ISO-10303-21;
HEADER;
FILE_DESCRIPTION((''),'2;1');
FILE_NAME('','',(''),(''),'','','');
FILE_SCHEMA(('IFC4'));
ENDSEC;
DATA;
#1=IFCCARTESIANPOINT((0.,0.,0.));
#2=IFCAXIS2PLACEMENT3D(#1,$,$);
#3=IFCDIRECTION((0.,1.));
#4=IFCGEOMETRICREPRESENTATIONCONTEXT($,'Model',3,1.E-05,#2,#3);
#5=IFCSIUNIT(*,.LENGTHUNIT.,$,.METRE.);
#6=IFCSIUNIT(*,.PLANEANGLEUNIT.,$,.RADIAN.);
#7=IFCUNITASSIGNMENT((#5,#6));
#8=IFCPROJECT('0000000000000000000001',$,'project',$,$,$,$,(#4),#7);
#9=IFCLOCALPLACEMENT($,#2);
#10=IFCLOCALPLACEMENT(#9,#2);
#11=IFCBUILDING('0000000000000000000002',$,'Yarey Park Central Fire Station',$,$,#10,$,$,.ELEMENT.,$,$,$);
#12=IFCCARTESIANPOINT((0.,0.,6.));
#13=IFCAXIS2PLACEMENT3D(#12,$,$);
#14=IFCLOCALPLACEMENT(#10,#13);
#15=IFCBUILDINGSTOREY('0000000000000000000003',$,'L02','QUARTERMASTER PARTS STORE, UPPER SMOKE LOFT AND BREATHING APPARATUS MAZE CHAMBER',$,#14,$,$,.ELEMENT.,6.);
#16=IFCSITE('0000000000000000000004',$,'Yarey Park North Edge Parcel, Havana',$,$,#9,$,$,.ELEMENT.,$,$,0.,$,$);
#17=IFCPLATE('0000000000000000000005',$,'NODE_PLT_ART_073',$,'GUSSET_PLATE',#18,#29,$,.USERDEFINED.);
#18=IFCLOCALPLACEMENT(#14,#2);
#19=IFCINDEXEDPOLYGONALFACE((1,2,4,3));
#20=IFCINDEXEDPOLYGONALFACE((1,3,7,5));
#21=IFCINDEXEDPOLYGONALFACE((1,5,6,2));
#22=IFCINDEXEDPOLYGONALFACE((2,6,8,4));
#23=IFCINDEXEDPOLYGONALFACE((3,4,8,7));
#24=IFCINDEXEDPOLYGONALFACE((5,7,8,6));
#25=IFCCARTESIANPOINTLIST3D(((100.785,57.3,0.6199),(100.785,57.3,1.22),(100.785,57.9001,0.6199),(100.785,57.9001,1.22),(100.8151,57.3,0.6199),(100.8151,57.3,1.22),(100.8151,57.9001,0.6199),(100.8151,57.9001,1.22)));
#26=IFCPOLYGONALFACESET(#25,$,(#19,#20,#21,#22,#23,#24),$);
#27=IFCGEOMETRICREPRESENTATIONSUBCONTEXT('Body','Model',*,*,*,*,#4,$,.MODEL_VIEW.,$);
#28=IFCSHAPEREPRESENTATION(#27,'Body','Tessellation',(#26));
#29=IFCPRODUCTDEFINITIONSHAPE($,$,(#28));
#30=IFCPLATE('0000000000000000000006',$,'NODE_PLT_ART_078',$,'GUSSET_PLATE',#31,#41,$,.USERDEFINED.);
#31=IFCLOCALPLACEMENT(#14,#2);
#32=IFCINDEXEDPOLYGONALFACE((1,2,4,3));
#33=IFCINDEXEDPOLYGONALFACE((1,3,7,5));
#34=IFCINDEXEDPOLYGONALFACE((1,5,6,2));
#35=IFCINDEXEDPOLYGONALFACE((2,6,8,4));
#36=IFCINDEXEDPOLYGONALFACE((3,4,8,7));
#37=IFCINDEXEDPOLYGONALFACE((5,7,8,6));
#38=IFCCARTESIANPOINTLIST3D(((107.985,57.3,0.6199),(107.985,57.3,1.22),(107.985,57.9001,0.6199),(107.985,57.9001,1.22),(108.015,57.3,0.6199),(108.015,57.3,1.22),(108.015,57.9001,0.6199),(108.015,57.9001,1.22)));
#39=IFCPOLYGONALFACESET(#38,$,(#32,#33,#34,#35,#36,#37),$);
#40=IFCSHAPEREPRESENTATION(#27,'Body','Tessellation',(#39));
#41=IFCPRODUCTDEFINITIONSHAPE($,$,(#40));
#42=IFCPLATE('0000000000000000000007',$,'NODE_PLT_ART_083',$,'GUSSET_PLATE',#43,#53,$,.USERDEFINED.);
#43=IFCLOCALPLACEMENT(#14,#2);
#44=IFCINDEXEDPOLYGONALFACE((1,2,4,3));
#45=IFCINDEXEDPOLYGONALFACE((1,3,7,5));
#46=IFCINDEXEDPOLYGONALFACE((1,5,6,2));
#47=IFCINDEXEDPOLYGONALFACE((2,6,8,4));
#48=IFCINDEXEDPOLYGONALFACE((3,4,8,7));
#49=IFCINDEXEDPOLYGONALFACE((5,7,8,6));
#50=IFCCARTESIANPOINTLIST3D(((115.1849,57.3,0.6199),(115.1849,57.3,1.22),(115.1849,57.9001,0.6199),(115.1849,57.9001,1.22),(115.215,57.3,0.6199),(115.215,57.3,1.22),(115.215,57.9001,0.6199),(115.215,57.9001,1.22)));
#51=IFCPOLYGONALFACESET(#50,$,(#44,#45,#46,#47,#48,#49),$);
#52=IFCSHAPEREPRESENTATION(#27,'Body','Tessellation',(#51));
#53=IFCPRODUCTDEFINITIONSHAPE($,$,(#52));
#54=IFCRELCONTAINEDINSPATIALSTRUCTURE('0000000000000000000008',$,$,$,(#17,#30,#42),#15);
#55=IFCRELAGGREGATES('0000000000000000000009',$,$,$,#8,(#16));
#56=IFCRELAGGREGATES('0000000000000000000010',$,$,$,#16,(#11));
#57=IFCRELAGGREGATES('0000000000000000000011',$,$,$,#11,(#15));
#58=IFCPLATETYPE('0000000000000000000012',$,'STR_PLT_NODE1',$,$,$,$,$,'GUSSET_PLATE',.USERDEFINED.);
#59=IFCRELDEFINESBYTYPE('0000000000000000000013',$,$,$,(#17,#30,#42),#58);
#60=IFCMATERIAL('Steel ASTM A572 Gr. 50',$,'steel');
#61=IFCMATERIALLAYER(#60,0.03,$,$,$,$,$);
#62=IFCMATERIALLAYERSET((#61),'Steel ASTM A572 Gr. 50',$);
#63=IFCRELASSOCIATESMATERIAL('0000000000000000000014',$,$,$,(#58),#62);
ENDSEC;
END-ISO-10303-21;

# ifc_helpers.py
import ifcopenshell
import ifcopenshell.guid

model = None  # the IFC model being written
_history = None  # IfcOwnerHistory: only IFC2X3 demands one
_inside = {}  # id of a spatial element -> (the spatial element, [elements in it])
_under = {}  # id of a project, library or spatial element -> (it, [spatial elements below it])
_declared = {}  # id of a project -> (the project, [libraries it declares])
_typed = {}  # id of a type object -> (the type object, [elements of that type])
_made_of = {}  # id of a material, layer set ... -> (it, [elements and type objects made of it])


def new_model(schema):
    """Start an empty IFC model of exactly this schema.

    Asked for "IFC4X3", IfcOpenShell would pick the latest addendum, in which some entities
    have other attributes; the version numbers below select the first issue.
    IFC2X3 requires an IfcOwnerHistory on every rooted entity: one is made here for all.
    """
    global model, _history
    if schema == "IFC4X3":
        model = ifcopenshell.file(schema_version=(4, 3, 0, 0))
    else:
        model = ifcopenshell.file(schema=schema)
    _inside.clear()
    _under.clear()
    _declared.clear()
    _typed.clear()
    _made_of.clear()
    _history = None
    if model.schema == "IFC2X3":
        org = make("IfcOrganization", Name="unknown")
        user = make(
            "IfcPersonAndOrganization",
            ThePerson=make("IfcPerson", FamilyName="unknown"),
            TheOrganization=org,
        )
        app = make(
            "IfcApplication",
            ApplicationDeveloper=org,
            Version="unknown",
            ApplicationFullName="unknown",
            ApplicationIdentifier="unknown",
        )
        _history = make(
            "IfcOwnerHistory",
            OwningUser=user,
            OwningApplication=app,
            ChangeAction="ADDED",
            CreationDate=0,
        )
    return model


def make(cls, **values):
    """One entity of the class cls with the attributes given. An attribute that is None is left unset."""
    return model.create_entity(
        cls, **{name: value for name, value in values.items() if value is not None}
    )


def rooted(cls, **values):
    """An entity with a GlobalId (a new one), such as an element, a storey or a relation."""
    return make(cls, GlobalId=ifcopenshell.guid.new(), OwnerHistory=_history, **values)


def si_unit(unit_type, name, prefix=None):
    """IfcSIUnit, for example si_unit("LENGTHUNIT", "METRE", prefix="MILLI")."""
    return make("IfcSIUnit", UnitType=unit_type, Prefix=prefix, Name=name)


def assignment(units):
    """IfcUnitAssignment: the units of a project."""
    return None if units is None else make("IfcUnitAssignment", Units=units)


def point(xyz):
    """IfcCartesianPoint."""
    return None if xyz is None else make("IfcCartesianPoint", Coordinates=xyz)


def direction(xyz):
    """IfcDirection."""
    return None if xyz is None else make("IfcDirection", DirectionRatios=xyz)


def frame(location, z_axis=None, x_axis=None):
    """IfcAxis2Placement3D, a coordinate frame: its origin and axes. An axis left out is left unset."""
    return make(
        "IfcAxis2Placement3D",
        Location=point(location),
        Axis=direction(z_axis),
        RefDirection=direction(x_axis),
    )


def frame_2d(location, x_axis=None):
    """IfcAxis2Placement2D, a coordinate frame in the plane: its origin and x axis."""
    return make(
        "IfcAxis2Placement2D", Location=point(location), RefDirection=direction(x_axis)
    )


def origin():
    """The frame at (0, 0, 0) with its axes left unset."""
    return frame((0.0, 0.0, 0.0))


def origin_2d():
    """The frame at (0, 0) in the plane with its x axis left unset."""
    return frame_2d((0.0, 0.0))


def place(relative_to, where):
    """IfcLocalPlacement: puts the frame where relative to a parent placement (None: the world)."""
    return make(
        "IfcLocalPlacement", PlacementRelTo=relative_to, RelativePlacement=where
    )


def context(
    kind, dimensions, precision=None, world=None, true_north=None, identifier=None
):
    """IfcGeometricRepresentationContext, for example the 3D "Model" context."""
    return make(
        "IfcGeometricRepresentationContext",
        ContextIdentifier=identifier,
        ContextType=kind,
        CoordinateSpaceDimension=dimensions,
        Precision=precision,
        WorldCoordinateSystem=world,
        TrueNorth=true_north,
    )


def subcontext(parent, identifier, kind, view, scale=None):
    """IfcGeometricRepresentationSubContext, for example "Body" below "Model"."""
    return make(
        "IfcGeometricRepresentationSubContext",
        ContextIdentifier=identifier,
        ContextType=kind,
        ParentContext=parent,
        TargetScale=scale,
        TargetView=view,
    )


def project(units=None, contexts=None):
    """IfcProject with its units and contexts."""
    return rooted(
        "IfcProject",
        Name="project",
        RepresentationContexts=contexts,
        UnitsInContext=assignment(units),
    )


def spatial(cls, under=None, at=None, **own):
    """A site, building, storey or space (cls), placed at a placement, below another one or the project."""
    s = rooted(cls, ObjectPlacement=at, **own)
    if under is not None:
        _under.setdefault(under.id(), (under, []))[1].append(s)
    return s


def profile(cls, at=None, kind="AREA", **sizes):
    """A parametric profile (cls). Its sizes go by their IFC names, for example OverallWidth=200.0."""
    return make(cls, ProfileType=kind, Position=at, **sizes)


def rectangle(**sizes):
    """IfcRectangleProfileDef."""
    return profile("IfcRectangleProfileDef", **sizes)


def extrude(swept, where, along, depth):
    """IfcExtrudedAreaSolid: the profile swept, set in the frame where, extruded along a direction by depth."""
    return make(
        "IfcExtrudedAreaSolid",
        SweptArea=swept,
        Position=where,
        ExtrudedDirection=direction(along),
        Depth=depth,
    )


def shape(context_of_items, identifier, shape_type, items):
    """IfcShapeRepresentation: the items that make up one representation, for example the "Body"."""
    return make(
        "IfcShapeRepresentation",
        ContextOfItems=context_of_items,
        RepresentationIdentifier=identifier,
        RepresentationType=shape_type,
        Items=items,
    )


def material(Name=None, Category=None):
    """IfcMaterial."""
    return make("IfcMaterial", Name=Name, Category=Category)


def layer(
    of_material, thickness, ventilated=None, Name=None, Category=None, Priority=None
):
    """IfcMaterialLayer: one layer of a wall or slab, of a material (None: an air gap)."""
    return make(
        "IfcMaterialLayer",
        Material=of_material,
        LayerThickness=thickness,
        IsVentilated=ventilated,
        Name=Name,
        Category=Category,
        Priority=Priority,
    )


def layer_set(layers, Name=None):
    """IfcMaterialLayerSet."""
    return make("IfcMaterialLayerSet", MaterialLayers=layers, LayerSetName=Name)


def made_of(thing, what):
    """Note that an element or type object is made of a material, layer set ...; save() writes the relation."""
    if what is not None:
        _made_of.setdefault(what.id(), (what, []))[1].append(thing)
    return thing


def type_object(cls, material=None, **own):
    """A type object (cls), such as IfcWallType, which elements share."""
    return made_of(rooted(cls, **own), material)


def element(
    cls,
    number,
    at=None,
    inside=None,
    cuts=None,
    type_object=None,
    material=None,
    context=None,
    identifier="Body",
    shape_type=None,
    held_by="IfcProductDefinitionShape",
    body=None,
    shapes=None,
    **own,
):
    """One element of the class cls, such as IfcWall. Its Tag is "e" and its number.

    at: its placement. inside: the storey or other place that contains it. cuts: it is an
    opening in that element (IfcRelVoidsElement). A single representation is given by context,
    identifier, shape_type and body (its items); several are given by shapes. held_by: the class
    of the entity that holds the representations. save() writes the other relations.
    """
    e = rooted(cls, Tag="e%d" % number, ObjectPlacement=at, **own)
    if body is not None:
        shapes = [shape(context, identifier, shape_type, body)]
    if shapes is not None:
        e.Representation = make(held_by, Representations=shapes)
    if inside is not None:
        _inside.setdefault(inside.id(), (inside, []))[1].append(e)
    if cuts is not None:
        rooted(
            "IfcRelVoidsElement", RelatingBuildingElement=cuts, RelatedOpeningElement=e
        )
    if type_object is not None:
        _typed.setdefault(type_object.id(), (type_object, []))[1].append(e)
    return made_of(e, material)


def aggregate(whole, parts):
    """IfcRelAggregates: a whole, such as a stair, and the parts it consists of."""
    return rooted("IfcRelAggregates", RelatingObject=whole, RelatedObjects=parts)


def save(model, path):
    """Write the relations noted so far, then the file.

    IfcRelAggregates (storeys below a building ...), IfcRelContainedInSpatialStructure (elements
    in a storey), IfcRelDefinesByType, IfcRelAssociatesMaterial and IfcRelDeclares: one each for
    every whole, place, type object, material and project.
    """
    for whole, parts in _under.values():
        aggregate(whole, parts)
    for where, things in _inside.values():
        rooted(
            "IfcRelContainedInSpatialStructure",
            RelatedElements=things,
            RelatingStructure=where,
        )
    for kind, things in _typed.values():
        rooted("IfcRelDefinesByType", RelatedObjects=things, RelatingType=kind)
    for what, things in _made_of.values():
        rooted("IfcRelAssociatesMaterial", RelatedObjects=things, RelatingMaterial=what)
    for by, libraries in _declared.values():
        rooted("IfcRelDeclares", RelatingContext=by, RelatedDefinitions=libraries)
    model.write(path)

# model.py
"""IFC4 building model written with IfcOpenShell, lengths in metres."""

from ifc_helpers import new_model, si_unit, direction, frame, origin, origin_2d, place, context, subcontext, project, spatial, rectangle, extrude, material, layer, layer_set, type_object, element, save


model = new_model("IFC4")

# Units and contexts
model_context = context("Model", 3, precision=1e-05, world=origin(), true_north=direction((0.0, 1.0)))
body_context = subcontext(model_context, "Body", "Model", "MODEL_VIEW")
ifc_project = project(units=[si_unit("LENGTHUNIT", "METRE"), si_unit("PLANEANGLEUNIT", "RADIAN")], contexts=[model_context])

# Site, building, storey
site_placement = place(None, origin())
site = spatial("IfcSite", under=ifc_project, at=site_placement, Name="Yarey Park North Edge Parcel, Havana", CompositionType="ELEMENT", RefElevation=0.0)
building_placement = place(site_placement, origin())
building = spatial("IfcBuilding", under=site, at=building_placement, Name="Yarey Park Central Fire Station", CompositionType="ELEMENT")
storey_placement = place(building_placement, frame((0.0, 0.0, 6.0)))
storey = spatial("IfcBuildingStorey", under=building, at=storey_placement, Name="L02", Description="QUARTERMASTER PARTS STORE, UPPER SMOKE LOFT AND BREATHING APPARATUS MAZE CHAMBER", CompositionType="ELEMENT", Elevation=6.0)

# Plates
ifc_material_1 = material(Name="Steel ASTM A572 Gr. 50", Category="steel")
ifc_layer_1 = layer(ifc_material_1, 0.03)
ifc_layer_set_1 = layer_set([ifc_layer_1], Name="Steel ASTM A572 Gr. 50")
plate_type_1 = type_object("IfcPlateType", Name="STR_PLT_NODE1", ElementType="GUSSET_PLATE", PredefinedType="USERDEFINED", material=ifc_layer_set_1)
for number, where, z_axis, x_axis, name in (
    (1, (100.8, 57.6001, 0.6199), (0.0, 0.0, 1.0), (1.0, 0.0, 0.0), "NODE_PLT_ART_073"),
    (2, (108.0, 57.6001, 0.6199), (0.0, 0.0, 1.0), (1.0, 0.0, 0.0), "NODE_PLT_ART_078"),
    (3, (115.2, 57.6001, 0.6199), (0.0, 0.0, 1.0), (1.0, 0.0, 0.0), "NODE_PLT_ART_083"),
):
    element("IfcPlate", number, at=place(storey_placement, frame(where, z_axis=z_axis, x_axis=x_axis)), inside=storey, type_object=plate_type_1, Name=name, ObjectType="GUSSET_PLATE", PredefinedType="USERDEFINED", context=body_context, shape_type="SweptSolid", body=[
        extrude(rectangle(XDim=0.03, YDim=0.6001, at=origin_2d()), origin(), (0.0, 0.0, 1.0), 0.6001),
    ])

save(model, "model.ifc")
